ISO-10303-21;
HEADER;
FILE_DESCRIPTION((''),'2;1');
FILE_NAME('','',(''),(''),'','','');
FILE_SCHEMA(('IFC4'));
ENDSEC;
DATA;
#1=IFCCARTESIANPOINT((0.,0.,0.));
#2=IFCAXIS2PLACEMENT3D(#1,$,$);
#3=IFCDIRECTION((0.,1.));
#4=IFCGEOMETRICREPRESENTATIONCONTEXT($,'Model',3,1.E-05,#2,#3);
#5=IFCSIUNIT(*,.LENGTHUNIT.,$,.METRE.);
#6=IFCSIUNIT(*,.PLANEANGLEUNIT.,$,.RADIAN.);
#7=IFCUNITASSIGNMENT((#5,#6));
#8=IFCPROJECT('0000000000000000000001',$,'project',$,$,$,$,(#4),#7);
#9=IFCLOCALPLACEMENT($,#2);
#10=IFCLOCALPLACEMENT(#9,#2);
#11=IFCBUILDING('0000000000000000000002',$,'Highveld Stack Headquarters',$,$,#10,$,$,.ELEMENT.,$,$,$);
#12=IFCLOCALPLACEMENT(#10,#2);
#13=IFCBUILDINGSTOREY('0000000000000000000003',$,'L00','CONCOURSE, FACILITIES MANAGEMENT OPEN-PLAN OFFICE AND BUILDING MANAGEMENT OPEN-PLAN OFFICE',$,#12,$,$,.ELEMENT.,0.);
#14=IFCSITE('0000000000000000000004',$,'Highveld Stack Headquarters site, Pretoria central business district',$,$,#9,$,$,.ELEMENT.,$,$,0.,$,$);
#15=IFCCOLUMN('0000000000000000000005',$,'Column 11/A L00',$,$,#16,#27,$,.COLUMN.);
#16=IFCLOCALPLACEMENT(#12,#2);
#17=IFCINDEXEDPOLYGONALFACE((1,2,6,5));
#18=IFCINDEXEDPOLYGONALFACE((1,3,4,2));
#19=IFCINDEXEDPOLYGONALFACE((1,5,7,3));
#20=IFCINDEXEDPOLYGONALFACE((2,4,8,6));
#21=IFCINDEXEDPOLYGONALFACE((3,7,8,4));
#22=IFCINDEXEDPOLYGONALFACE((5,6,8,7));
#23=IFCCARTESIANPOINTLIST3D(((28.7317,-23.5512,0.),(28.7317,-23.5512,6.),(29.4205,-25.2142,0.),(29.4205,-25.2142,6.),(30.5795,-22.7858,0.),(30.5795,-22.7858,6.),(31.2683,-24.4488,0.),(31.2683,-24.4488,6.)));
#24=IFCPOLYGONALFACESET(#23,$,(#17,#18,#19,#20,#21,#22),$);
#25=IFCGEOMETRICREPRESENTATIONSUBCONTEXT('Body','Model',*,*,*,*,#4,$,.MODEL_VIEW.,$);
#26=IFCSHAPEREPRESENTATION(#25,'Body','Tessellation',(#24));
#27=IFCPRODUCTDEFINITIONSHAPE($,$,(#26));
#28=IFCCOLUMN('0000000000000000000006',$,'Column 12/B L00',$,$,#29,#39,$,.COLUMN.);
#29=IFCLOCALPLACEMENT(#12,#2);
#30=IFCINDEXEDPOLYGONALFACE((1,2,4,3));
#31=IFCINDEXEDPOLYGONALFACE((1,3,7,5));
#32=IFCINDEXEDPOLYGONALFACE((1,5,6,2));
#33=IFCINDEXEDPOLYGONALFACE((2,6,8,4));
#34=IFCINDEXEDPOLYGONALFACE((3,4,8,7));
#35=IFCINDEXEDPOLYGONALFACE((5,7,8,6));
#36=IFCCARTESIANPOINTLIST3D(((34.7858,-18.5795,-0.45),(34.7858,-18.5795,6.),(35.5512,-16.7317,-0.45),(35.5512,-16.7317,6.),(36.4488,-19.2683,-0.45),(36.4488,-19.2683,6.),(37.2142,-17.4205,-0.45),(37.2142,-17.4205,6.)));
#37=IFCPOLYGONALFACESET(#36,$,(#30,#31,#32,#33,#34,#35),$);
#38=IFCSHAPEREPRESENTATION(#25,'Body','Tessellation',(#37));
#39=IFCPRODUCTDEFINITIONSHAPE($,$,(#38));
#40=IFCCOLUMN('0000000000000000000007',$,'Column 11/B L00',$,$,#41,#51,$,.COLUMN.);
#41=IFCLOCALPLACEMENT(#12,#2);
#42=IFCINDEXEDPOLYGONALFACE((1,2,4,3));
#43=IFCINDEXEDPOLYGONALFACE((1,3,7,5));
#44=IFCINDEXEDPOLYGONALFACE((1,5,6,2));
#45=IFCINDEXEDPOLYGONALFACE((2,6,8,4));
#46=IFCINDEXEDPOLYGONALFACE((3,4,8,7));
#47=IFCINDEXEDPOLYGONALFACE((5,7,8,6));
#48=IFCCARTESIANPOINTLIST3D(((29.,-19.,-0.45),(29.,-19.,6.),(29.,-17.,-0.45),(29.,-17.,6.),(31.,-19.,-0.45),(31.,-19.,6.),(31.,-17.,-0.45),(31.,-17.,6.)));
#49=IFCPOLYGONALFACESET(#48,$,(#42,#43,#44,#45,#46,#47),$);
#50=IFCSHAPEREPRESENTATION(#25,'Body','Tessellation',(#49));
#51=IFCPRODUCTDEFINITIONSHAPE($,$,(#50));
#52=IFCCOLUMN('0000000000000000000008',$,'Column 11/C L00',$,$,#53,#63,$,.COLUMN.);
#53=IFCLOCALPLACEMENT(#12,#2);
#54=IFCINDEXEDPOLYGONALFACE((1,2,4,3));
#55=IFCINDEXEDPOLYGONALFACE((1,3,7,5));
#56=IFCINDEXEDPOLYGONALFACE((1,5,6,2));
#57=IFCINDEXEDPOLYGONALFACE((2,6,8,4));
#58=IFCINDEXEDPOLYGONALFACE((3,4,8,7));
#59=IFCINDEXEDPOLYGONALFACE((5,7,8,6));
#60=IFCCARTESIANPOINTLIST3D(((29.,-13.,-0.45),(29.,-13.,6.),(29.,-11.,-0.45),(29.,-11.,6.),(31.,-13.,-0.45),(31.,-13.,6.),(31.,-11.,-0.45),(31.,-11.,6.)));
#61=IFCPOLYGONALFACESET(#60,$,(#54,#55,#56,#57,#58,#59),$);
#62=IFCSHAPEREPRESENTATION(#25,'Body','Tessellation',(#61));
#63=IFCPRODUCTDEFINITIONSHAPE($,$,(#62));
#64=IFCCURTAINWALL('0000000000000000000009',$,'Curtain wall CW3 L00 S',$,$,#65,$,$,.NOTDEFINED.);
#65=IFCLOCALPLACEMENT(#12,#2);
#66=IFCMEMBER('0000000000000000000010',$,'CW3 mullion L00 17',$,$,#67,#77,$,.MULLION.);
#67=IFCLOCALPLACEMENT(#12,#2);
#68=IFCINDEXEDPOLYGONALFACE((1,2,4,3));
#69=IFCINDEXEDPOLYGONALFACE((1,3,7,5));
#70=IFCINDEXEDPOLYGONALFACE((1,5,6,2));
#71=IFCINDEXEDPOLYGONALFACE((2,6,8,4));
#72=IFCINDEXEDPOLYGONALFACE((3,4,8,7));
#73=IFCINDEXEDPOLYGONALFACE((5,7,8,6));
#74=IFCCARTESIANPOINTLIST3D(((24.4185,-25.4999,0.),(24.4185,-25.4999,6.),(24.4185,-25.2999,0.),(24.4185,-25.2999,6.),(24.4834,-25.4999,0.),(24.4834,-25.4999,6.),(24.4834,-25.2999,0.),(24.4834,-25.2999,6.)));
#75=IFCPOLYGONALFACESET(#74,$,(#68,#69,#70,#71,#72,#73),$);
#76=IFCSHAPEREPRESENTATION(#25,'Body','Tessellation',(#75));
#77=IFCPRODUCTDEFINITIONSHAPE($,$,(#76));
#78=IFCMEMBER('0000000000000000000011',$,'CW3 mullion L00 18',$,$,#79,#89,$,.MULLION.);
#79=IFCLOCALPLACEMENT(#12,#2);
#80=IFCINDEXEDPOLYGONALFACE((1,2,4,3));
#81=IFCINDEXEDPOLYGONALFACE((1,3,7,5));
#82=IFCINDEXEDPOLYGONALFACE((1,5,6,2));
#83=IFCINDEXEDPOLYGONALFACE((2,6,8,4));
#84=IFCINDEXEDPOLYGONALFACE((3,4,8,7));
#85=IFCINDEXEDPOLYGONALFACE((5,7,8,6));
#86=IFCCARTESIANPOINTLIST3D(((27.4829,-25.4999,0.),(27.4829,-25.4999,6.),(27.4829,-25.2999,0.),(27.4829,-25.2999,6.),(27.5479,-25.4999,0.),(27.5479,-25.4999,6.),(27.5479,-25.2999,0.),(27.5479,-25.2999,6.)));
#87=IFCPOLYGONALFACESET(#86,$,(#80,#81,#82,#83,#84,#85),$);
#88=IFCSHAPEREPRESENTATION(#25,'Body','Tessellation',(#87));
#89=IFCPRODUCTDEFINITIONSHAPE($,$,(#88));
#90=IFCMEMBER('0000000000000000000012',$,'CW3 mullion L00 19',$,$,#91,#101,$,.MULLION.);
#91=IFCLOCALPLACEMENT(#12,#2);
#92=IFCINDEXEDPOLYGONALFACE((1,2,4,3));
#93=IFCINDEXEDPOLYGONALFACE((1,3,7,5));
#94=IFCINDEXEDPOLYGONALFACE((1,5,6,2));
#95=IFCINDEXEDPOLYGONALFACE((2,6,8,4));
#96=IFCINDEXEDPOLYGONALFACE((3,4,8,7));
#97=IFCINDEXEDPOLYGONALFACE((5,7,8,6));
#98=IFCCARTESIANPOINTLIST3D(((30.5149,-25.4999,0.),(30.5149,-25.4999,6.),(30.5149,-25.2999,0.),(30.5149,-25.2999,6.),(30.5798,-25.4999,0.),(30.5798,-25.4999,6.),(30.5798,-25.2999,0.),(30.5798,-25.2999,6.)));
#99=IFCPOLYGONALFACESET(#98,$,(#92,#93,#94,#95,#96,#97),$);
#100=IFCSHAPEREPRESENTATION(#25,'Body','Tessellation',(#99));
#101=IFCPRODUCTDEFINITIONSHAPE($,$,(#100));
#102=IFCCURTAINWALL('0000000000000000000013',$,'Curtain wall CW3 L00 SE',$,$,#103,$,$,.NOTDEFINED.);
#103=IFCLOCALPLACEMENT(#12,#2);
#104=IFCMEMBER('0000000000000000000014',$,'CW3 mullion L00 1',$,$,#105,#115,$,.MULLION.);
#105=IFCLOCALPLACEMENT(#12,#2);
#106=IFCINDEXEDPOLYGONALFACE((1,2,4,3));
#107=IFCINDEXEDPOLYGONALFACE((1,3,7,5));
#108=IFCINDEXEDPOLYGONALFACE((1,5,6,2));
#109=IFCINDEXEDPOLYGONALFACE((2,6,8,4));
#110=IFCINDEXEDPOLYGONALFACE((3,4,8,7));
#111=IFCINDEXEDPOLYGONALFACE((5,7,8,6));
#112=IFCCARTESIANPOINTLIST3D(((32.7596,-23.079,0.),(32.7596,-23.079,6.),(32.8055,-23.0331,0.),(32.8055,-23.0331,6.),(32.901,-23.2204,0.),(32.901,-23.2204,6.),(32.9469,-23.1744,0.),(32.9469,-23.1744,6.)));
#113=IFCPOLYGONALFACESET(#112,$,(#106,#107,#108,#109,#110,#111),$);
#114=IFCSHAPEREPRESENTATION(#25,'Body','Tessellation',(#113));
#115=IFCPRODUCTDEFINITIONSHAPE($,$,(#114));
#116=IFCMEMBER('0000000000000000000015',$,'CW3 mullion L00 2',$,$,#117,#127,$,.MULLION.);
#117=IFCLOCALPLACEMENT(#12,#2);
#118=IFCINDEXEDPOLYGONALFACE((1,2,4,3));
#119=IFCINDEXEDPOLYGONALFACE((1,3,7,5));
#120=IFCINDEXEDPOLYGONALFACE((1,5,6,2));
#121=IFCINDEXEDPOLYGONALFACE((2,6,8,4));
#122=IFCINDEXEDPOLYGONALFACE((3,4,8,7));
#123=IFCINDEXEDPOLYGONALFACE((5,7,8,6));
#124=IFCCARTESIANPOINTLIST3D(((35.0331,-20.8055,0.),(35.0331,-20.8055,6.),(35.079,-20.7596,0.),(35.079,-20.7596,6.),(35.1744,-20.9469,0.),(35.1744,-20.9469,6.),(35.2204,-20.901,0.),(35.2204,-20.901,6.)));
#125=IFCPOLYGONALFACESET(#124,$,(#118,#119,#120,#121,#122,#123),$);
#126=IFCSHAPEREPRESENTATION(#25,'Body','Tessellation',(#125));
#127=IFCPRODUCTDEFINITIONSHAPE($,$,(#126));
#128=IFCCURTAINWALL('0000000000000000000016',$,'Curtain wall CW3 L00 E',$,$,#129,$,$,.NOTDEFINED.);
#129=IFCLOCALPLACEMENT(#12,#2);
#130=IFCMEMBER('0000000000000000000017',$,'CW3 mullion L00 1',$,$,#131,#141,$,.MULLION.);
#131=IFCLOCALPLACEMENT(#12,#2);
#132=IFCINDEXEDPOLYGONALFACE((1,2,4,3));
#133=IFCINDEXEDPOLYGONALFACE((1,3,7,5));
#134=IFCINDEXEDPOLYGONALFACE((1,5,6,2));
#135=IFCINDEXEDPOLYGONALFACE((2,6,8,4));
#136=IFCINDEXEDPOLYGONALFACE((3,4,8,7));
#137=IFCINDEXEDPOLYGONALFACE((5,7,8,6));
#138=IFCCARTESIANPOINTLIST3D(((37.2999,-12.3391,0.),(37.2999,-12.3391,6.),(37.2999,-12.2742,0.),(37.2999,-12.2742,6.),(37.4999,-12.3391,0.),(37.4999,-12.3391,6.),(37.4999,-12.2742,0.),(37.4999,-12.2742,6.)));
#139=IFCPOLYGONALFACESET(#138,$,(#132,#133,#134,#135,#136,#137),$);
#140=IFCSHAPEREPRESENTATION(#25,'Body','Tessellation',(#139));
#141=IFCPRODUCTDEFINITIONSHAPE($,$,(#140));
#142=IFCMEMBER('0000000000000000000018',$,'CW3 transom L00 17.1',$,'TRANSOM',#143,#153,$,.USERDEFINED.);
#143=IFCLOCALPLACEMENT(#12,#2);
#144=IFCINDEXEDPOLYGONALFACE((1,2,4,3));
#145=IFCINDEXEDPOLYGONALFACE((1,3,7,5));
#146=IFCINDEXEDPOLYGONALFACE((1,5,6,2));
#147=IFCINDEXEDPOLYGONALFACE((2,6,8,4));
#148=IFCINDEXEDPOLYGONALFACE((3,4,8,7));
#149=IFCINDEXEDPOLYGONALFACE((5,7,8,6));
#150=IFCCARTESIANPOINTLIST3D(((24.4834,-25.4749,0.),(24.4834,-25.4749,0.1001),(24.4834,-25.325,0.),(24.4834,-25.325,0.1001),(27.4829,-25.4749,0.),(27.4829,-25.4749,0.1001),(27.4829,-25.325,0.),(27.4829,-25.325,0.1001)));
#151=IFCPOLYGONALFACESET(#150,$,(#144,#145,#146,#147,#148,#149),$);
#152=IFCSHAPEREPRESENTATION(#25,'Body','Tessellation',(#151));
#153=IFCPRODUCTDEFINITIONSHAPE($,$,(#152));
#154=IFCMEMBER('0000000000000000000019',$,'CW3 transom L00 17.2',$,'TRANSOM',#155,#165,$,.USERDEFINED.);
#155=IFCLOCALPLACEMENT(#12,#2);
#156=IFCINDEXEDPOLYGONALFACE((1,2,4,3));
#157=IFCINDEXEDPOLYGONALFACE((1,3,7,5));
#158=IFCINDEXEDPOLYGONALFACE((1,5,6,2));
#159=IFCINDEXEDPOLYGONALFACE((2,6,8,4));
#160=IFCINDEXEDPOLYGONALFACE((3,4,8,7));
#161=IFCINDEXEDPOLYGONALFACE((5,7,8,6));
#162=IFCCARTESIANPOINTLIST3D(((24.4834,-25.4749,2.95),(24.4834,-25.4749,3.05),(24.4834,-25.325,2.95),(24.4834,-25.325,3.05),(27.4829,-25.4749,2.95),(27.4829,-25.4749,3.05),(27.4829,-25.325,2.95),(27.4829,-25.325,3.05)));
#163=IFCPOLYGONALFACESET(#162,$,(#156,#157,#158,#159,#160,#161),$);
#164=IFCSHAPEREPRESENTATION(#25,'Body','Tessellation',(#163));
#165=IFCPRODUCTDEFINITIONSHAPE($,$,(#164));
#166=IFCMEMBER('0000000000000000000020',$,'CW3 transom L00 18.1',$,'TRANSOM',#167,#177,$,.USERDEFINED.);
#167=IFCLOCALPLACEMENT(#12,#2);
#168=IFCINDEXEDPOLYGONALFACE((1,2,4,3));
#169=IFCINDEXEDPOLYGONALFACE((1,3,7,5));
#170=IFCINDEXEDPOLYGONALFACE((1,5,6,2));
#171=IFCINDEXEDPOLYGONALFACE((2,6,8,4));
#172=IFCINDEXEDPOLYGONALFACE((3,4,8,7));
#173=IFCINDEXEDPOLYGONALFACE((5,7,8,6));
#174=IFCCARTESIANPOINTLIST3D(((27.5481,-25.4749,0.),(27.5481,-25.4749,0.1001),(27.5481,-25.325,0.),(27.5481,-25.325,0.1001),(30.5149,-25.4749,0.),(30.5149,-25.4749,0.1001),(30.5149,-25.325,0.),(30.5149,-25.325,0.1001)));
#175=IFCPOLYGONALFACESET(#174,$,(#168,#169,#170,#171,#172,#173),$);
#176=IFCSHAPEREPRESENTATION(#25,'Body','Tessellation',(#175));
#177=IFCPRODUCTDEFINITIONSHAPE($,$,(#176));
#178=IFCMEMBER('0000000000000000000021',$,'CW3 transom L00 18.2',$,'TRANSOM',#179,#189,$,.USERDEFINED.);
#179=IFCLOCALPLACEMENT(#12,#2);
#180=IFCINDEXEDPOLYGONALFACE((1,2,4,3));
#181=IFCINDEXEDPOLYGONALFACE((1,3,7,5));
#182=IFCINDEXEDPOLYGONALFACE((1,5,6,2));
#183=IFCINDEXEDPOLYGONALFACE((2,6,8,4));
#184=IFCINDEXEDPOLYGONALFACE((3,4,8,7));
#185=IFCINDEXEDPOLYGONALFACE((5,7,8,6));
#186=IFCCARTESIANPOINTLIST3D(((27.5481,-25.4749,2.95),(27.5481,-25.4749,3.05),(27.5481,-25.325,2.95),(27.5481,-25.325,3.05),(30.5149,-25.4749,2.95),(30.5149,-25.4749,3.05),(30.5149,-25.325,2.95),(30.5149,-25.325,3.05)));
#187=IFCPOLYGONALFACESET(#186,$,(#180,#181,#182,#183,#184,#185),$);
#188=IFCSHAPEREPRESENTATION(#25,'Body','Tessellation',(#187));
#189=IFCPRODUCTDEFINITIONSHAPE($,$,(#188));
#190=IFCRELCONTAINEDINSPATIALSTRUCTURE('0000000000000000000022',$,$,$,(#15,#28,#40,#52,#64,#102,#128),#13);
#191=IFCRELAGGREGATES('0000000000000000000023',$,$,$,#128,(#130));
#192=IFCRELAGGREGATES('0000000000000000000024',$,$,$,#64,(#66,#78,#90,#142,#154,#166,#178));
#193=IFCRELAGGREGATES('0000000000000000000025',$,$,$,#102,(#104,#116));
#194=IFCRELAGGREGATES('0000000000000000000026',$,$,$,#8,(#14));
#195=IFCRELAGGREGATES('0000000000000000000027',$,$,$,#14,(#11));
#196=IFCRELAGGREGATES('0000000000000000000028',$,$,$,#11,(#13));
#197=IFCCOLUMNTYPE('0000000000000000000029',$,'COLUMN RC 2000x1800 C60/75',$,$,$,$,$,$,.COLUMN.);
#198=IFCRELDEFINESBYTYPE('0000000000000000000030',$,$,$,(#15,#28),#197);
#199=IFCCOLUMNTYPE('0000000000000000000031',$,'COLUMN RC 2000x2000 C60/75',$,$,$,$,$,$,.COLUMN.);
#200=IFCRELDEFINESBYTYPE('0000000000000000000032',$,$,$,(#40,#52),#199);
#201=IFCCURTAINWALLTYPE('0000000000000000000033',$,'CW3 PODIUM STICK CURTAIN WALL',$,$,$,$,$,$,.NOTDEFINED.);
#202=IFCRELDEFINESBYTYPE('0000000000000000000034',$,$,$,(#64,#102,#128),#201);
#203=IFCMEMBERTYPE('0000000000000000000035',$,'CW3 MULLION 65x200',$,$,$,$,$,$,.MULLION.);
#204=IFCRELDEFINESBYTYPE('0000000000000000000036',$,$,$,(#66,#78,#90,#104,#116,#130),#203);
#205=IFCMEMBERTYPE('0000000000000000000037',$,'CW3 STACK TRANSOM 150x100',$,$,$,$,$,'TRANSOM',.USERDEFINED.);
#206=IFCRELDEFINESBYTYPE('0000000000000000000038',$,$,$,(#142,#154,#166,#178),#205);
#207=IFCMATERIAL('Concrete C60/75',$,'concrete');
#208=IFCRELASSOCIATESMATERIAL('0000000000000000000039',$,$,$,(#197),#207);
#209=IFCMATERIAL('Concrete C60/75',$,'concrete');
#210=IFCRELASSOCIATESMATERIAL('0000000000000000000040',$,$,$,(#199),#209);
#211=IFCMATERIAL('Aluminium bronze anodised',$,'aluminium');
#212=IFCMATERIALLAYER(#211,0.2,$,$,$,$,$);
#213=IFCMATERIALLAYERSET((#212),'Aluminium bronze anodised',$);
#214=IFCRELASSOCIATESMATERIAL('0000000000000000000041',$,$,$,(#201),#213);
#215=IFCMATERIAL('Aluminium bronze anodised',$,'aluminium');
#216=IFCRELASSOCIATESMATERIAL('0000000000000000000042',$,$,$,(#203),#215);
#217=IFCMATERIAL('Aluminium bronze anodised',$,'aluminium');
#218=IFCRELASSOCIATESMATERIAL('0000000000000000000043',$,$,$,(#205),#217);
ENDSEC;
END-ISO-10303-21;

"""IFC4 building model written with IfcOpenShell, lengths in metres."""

from ifc_helpers import new_model, si_unit, direction, frame, origin, origin_2d, place, context, subcontext, project, spatial, rectangle, extrude, material, layer, layer_set, material_profile, profile_set, type_object, element, aggregate, save


model = new_model("IFC4")

# Units and contexts
model_context = context("Model", 3, precision=1e-05, world=origin(), true_north=direction((0.0, 1.0)))
body_context = subcontext(model_context, "Body", "Model", "MODEL_VIEW")
ifc_project = project(units=[si_unit("LENGTHUNIT", "METRE"), si_unit("PLANEANGLEUNIT", "RADIAN")], contexts=[model_context])

# Site, building, storey
site_placement = place(None, origin())
site = spatial("IfcSite", under=ifc_project, at=site_placement, Name="Highveld Stack Headquarters site, Pretoria central business district", CompositionType="ELEMENT", RefElevation=0.0)
building_placement = place(site_placement, origin())
building = spatial("IfcBuilding", under=site, at=building_placement, Name="Highveld Stack Headquarters", CompositionType="ELEMENT")
storey_placement = place(building_placement, origin())
storey = spatial("IfcBuildingStorey", under=building, at=storey_placement, Name="L00", Description="CONCOURSE, FACILITIES MANAGEMENT OPEN-PLAN OFFICE AND BUILDING MANAGEMENT OPEN-PLAN OFFICE", CompositionType="ELEMENT", Elevation=0.0)

# Columns
ifc_material_1 = material(Name="Concrete C60/75", Category="concrete")
ifc_material_profile_1 = material_profile(ifc_material_1, rectangle(XDim=2.0, YDim=1.8, at=origin_2d()), Name="RC 2000x1800")
ifc_profile_set_1 = profile_set([ifc_material_profile_1], Name="Concrete C60/75")
column_type_1 = type_object("IfcColumnType", Name="COLUMN RC 2000x1800 C60/75", PredefinedType="COLUMN", material=ifc_profile_set_1)
column_1_placement = place(storey_placement, frame((30.0, -24.0, 0.0), z_axis=(0.0, 0.0, 1.0), x_axis=(-0.92388, -0.382683, 0.0)))
element("IfcColumn", 1, at=column_1_placement, inside=storey, type_object=column_type_1, Name="Column 11/A L00", PredefinedType="COLUMN", context=body_context, shape_type="SweptSolid", body=[
    extrude(rectangle(XDim=2.0, YDim=1.8, at=origin_2d()), origin(), (0.0, 0.0, 1.0), 6.0),
])
column_2_placement = place(storey_placement, frame((36.0, -18.0, -0.45), z_axis=(0.0, 0.0, 1.0), x_axis=(-0.382683, -0.92388, 0.0)))
element("IfcColumn", 2, at=column_2_placement, inside=storey, type_object=column_type_1, Name="Column 12/B L00", PredefinedType="COLUMN", context=body_context, shape_type="SweptSolid", body=[
    extrude(rectangle(XDim=2.0, YDim=1.8, at=origin_2d()), origin(), (0.0, 0.0, 1.0), 6.45),
])
ifc_material_2 = material(Name="Concrete C60/75", Category="concrete")
ifc_material_profile_2 = material_profile(ifc_material_2, rectangle(XDim=2.0, YDim=2.0, at=origin_2d()), Name="RC 2000x2000")
ifc_profile_set_2 = profile_set([ifc_material_profile_2], Name="Concrete C60/75")
column_type_2 = type_object("IfcColumnType", Name="COLUMN RC 2000x2000 C60/75", PredefinedType="COLUMN", material=ifc_profile_set_2)
for number, where, z_axis, x_axis, name in (
    (3, (30.0, -18.0, -0.45), (0.0, 0.0, 1.0), (1.0, 0.0, 0.0), "Column 11/B L00"),
    (4, (30.0, -12.0, -0.45), (0.0, 0.0, 1.0), (1.0, 0.0, 0.0), "Column 11/C L00"),
):
    element("IfcColumn", number, at=place(storey_placement, frame(where, z_axis=z_axis, x_axis=x_axis)), inside=storey, type_object=column_type_2, Name=name, PredefinedType="COLUMN", context=body_context, shape_type="SweptSolid", body=[
        extrude(rectangle(XDim=2.0, YDim=2.0, at=origin_2d()), origin(), (0.0, 0.0, 1.0), 6.45),
    ])

# Curtain walls, members
ifc_material_3 = material(Name="Aluminium bronze anodised", Category="aluminium")
ifc_layer_1 = layer(ifc_material_3, 0.2)
ifc_layer_set_1 = layer_set([ifc_layer_1], Name="Aluminium bronze anodised")
curtain_wall_type = type_object("IfcCurtainWallType", Name="CW3 PODIUM STICK CURTAIN WALL", PredefinedType="NOTDEFINED", material=ifc_layer_set_1)
curtain_wall_1_placement = place(storey_placement, origin())
curtain_wall_1 = element("IfcCurtainWall", 5, at=curtain_wall_1_placement, inside=storey, type_object=curtain_wall_type, Name="Curtain wall CW3 L00 S", PredefinedType="NOTDEFINED")
ifc_material_4 = material(Name="Aluminium bronze anodised", Category="aluminium")
ifc_material_profile_3 = material_profile(ifc_material_4, rectangle(XDim=0.2, YDim=0.0649, at=origin_2d()), Name="CW3 MULLION 65x200")
ifc_profile_set_3 = profile_set([ifc_material_profile_3], Name="Aluminium bronze anodised")
member_type_1 = type_object("IfcMemberType", Name="CW3 MULLION 65x200", PredefinedType="MULLION", material=ifc_profile_set_3)
member_1_placement = place(storey_placement, frame((24.4509, -25.3999, 0.0), z_axis=(0.0, 0.0, 1.0), x_axis=(0.0, 1.0, 0.0)))
member_1 = element("IfcMember", 6, at=member_1_placement, type_object=member_type_1, Name="CW3 mullion L00 17", PredefinedType="MULLION", context=body_context, shape_type="SweptSolid", body=[
    extrude(rectangle(XDim=0.2, YDim=0.0649, at=origin_2d()), origin(), (0.0, 0.0, 1.0), 6.0),
])
member_2_placement = place(storey_placement, frame((27.5154, -25.3999, 0.0), z_axis=(0.0, 0.0, 1.0), x_axis=(0.0, 1.0, 0.0)))
member_2 = element("IfcMember", 7, at=member_2_placement, type_object=member_type_1, Name="CW3 mullion L00 18", PredefinedType="MULLION", context=body_context, shape_type="SweptSolid", body=[
    extrude(rectangle(XDim=0.2, YDim=0.0649, at=origin_2d()), origin(), (0.0, 0.0, 1.0), 6.0),
])
member_3_placement = place(storey_placement, frame((30.5474, -25.3999, 0.0), z_axis=(0.0, 0.0, 1.0), x_axis=(0.0, 1.0, 0.0)))
member_3 = element("IfcMember", 8, at=member_3_placement, type_object=member_type_1, Name="CW3 mullion L00 19", PredefinedType="MULLION", context=body_context, shape_type="SweptSolid", body=[
    extrude(rectangle(XDim=0.2, YDim=0.0649, at=origin_2d()), origin(), (0.0, 0.0, 1.0), 6.0),
])
curtain_wall_2_placement = place(storey_placement, origin())
curtain_wall_2 = element("IfcCurtainWall", 9, at=curtain_wall_2_placement, inside=storey, type_object=curtain_wall_type, Name="Curtain wall CW3 L00 SE", PredefinedType="NOTDEFINED")
member_4_placement = place(storey_placement, frame((32.8533, -23.1267, 0.0), z_axis=(0.0, 0.0, 1.0), x_axis=(-0.707107, 0.707107, 0.0)))
member_4 = element("IfcMember", 10, at=member_4_placement, type_object=member_type_1, Name="CW3 mullion L00 1", PredefinedType="MULLION", context=body_context, shape_type="SweptSolid", body=[
    extrude(rectangle(XDim=0.2, YDim=0.0649, at=origin_2d()), origin(), (0.0, 0.0, 1.0), 6.0),
])
member_5_placement = place(storey_placement, frame((35.1267, -20.8533, 0.0), z_axis=(0.0, 0.0, 1.0), x_axis=(-0.707107, 0.707107, 0.0)))
member_5 = element("IfcMember", 11, at=member_5_placement, type_object=member_type_1, Name="CW3 mullion L00 2", PredefinedType="MULLION", context=body_context, shape_type="SweptSolid", body=[
    extrude(rectangle(XDim=0.2, YDim=0.0649, at=origin_2d()), origin(), (0.0, 0.0, 1.0), 6.0),
])

# Curtain wall, member
curtain_wall_3_placement = place(storey_placement, origin())
curtain_wall_3 = element("IfcCurtainWall", 12, at=curtain_wall_3_placement, inside=storey, type_object=curtain_wall_type, Name="Curtain wall CW3 L00 E", PredefinedType="NOTDEFINED")
member_6_placement = place(storey_placement, frame((37.3999, -12.3066, 0.0), z_axis=(0.0, 0.0, 1.0), x_axis=(-1.0, 0.0, 0.0)))
member_6 = element("IfcMember", 13, at=member_6_placement, type_object=member_type_1, Name="CW3 mullion L00 1", PredefinedType="MULLION", context=body_context, shape_type="SweptSolid", body=[
    extrude(rectangle(XDim=0.2, YDim=0.0649, at=origin_2d()), origin(), (0.0, 0.0, 1.0), 6.0),
])

# Members
ifc_material_5 = material(Name="Aluminium bronze anodised", Category="aluminium")
ifc_material_profile_4 = material_profile(ifc_material_5, rectangle(XDim=0.1499, YDim=0.1001, at=origin_2d()), Name="CW3 TRANSOM 150x100")
ifc_profile_set_4 = profile_set([ifc_material_profile_4], Name="Aluminium bronze anodised")
member_type_2 = type_object("IfcMemberType", Name="CW3 STACK TRANSOM 150x100", ElementType="TRANSOM", PredefinedType="USERDEFINED", material=ifc_profile_set_4)
member_7_placement = place(storey_placement, frame((24.4834, -25.3999, 0.05), z_axis=(1.0, 0.0, 0.0), x_axis=(0.0, 1.0, 0.0)))
member_7 = element("IfcMember", 14, at=member_7_placement, type_object=member_type_2, Name="CW3 transom L00 17.1", ObjectType="TRANSOM", PredefinedType="USERDEFINED", context=body_context, shape_type="SweptSolid", body=[
    extrude(rectangle(XDim=0.1499, YDim=0.1001, at=origin_2d()), origin(), (0.0, 0.0, 1.0), 2.9995),
])
member_8_placement = place(storey_placement, frame((24.4834, -25.3999, 3.0), z_axis=(1.0, 0.0, 0.0), x_axis=(0.0, 1.0, 0.0)))
member_8 = element("IfcMember", 15, at=member_8_placement, type_object=member_type_2, Name="CW3 transom L00 17.2", ObjectType="TRANSOM", PredefinedType="USERDEFINED", context=body_context, shape_type="SweptSolid", body=[
    extrude(rectangle(XDim=0.1499, YDim=0.1001, at=origin_2d()), origin(), (0.0, 0.0, 1.0), 2.9995),
])
member_9_placement = place(storey_placement, frame((27.5481, -25.3999, 0.05), z_axis=(1.0, 0.0, 0.0), x_axis=(0.0, 1.0, 0.0)))
member_9 = element("IfcMember", 16, at=member_9_placement, type_object=member_type_2, Name="CW3 transom L00 18.1", ObjectType="TRANSOM", PredefinedType="USERDEFINED", context=body_context, shape_type="SweptSolid", body=[
    extrude(rectangle(XDim=0.1499, YDim=0.1001, at=origin_2d()), origin(), (0.0, 0.0, 1.0), 2.9668),
])
member_10_placement = place(storey_placement, frame((27.5481, -25.3999, 3.0), z_axis=(1.0, 0.0, 0.0), x_axis=(0.0, 1.0, 0.0)))
member_10 = element("IfcMember", 17, at=member_10_placement, type_object=member_type_2, Name="CW3 transom L00 18.2", ObjectType="TRANSOM", PredefinedType="USERDEFINED", context=body_context, shape_type="SweptSolid", body=[
    extrude(rectangle(XDim=0.1499, YDim=0.1001, at=origin_2d()), origin(), (0.0, 0.0, 1.0), 2.9668),
])
aggregate(curtain_wall_3, [member_6])

aggregate(curtain_wall_1, [member_1, member_2, member_3, member_7, member_8, member_9, member_10])
aggregate(curtain_wall_2, [member_4, member_5])

save(model, "model.ifc")
